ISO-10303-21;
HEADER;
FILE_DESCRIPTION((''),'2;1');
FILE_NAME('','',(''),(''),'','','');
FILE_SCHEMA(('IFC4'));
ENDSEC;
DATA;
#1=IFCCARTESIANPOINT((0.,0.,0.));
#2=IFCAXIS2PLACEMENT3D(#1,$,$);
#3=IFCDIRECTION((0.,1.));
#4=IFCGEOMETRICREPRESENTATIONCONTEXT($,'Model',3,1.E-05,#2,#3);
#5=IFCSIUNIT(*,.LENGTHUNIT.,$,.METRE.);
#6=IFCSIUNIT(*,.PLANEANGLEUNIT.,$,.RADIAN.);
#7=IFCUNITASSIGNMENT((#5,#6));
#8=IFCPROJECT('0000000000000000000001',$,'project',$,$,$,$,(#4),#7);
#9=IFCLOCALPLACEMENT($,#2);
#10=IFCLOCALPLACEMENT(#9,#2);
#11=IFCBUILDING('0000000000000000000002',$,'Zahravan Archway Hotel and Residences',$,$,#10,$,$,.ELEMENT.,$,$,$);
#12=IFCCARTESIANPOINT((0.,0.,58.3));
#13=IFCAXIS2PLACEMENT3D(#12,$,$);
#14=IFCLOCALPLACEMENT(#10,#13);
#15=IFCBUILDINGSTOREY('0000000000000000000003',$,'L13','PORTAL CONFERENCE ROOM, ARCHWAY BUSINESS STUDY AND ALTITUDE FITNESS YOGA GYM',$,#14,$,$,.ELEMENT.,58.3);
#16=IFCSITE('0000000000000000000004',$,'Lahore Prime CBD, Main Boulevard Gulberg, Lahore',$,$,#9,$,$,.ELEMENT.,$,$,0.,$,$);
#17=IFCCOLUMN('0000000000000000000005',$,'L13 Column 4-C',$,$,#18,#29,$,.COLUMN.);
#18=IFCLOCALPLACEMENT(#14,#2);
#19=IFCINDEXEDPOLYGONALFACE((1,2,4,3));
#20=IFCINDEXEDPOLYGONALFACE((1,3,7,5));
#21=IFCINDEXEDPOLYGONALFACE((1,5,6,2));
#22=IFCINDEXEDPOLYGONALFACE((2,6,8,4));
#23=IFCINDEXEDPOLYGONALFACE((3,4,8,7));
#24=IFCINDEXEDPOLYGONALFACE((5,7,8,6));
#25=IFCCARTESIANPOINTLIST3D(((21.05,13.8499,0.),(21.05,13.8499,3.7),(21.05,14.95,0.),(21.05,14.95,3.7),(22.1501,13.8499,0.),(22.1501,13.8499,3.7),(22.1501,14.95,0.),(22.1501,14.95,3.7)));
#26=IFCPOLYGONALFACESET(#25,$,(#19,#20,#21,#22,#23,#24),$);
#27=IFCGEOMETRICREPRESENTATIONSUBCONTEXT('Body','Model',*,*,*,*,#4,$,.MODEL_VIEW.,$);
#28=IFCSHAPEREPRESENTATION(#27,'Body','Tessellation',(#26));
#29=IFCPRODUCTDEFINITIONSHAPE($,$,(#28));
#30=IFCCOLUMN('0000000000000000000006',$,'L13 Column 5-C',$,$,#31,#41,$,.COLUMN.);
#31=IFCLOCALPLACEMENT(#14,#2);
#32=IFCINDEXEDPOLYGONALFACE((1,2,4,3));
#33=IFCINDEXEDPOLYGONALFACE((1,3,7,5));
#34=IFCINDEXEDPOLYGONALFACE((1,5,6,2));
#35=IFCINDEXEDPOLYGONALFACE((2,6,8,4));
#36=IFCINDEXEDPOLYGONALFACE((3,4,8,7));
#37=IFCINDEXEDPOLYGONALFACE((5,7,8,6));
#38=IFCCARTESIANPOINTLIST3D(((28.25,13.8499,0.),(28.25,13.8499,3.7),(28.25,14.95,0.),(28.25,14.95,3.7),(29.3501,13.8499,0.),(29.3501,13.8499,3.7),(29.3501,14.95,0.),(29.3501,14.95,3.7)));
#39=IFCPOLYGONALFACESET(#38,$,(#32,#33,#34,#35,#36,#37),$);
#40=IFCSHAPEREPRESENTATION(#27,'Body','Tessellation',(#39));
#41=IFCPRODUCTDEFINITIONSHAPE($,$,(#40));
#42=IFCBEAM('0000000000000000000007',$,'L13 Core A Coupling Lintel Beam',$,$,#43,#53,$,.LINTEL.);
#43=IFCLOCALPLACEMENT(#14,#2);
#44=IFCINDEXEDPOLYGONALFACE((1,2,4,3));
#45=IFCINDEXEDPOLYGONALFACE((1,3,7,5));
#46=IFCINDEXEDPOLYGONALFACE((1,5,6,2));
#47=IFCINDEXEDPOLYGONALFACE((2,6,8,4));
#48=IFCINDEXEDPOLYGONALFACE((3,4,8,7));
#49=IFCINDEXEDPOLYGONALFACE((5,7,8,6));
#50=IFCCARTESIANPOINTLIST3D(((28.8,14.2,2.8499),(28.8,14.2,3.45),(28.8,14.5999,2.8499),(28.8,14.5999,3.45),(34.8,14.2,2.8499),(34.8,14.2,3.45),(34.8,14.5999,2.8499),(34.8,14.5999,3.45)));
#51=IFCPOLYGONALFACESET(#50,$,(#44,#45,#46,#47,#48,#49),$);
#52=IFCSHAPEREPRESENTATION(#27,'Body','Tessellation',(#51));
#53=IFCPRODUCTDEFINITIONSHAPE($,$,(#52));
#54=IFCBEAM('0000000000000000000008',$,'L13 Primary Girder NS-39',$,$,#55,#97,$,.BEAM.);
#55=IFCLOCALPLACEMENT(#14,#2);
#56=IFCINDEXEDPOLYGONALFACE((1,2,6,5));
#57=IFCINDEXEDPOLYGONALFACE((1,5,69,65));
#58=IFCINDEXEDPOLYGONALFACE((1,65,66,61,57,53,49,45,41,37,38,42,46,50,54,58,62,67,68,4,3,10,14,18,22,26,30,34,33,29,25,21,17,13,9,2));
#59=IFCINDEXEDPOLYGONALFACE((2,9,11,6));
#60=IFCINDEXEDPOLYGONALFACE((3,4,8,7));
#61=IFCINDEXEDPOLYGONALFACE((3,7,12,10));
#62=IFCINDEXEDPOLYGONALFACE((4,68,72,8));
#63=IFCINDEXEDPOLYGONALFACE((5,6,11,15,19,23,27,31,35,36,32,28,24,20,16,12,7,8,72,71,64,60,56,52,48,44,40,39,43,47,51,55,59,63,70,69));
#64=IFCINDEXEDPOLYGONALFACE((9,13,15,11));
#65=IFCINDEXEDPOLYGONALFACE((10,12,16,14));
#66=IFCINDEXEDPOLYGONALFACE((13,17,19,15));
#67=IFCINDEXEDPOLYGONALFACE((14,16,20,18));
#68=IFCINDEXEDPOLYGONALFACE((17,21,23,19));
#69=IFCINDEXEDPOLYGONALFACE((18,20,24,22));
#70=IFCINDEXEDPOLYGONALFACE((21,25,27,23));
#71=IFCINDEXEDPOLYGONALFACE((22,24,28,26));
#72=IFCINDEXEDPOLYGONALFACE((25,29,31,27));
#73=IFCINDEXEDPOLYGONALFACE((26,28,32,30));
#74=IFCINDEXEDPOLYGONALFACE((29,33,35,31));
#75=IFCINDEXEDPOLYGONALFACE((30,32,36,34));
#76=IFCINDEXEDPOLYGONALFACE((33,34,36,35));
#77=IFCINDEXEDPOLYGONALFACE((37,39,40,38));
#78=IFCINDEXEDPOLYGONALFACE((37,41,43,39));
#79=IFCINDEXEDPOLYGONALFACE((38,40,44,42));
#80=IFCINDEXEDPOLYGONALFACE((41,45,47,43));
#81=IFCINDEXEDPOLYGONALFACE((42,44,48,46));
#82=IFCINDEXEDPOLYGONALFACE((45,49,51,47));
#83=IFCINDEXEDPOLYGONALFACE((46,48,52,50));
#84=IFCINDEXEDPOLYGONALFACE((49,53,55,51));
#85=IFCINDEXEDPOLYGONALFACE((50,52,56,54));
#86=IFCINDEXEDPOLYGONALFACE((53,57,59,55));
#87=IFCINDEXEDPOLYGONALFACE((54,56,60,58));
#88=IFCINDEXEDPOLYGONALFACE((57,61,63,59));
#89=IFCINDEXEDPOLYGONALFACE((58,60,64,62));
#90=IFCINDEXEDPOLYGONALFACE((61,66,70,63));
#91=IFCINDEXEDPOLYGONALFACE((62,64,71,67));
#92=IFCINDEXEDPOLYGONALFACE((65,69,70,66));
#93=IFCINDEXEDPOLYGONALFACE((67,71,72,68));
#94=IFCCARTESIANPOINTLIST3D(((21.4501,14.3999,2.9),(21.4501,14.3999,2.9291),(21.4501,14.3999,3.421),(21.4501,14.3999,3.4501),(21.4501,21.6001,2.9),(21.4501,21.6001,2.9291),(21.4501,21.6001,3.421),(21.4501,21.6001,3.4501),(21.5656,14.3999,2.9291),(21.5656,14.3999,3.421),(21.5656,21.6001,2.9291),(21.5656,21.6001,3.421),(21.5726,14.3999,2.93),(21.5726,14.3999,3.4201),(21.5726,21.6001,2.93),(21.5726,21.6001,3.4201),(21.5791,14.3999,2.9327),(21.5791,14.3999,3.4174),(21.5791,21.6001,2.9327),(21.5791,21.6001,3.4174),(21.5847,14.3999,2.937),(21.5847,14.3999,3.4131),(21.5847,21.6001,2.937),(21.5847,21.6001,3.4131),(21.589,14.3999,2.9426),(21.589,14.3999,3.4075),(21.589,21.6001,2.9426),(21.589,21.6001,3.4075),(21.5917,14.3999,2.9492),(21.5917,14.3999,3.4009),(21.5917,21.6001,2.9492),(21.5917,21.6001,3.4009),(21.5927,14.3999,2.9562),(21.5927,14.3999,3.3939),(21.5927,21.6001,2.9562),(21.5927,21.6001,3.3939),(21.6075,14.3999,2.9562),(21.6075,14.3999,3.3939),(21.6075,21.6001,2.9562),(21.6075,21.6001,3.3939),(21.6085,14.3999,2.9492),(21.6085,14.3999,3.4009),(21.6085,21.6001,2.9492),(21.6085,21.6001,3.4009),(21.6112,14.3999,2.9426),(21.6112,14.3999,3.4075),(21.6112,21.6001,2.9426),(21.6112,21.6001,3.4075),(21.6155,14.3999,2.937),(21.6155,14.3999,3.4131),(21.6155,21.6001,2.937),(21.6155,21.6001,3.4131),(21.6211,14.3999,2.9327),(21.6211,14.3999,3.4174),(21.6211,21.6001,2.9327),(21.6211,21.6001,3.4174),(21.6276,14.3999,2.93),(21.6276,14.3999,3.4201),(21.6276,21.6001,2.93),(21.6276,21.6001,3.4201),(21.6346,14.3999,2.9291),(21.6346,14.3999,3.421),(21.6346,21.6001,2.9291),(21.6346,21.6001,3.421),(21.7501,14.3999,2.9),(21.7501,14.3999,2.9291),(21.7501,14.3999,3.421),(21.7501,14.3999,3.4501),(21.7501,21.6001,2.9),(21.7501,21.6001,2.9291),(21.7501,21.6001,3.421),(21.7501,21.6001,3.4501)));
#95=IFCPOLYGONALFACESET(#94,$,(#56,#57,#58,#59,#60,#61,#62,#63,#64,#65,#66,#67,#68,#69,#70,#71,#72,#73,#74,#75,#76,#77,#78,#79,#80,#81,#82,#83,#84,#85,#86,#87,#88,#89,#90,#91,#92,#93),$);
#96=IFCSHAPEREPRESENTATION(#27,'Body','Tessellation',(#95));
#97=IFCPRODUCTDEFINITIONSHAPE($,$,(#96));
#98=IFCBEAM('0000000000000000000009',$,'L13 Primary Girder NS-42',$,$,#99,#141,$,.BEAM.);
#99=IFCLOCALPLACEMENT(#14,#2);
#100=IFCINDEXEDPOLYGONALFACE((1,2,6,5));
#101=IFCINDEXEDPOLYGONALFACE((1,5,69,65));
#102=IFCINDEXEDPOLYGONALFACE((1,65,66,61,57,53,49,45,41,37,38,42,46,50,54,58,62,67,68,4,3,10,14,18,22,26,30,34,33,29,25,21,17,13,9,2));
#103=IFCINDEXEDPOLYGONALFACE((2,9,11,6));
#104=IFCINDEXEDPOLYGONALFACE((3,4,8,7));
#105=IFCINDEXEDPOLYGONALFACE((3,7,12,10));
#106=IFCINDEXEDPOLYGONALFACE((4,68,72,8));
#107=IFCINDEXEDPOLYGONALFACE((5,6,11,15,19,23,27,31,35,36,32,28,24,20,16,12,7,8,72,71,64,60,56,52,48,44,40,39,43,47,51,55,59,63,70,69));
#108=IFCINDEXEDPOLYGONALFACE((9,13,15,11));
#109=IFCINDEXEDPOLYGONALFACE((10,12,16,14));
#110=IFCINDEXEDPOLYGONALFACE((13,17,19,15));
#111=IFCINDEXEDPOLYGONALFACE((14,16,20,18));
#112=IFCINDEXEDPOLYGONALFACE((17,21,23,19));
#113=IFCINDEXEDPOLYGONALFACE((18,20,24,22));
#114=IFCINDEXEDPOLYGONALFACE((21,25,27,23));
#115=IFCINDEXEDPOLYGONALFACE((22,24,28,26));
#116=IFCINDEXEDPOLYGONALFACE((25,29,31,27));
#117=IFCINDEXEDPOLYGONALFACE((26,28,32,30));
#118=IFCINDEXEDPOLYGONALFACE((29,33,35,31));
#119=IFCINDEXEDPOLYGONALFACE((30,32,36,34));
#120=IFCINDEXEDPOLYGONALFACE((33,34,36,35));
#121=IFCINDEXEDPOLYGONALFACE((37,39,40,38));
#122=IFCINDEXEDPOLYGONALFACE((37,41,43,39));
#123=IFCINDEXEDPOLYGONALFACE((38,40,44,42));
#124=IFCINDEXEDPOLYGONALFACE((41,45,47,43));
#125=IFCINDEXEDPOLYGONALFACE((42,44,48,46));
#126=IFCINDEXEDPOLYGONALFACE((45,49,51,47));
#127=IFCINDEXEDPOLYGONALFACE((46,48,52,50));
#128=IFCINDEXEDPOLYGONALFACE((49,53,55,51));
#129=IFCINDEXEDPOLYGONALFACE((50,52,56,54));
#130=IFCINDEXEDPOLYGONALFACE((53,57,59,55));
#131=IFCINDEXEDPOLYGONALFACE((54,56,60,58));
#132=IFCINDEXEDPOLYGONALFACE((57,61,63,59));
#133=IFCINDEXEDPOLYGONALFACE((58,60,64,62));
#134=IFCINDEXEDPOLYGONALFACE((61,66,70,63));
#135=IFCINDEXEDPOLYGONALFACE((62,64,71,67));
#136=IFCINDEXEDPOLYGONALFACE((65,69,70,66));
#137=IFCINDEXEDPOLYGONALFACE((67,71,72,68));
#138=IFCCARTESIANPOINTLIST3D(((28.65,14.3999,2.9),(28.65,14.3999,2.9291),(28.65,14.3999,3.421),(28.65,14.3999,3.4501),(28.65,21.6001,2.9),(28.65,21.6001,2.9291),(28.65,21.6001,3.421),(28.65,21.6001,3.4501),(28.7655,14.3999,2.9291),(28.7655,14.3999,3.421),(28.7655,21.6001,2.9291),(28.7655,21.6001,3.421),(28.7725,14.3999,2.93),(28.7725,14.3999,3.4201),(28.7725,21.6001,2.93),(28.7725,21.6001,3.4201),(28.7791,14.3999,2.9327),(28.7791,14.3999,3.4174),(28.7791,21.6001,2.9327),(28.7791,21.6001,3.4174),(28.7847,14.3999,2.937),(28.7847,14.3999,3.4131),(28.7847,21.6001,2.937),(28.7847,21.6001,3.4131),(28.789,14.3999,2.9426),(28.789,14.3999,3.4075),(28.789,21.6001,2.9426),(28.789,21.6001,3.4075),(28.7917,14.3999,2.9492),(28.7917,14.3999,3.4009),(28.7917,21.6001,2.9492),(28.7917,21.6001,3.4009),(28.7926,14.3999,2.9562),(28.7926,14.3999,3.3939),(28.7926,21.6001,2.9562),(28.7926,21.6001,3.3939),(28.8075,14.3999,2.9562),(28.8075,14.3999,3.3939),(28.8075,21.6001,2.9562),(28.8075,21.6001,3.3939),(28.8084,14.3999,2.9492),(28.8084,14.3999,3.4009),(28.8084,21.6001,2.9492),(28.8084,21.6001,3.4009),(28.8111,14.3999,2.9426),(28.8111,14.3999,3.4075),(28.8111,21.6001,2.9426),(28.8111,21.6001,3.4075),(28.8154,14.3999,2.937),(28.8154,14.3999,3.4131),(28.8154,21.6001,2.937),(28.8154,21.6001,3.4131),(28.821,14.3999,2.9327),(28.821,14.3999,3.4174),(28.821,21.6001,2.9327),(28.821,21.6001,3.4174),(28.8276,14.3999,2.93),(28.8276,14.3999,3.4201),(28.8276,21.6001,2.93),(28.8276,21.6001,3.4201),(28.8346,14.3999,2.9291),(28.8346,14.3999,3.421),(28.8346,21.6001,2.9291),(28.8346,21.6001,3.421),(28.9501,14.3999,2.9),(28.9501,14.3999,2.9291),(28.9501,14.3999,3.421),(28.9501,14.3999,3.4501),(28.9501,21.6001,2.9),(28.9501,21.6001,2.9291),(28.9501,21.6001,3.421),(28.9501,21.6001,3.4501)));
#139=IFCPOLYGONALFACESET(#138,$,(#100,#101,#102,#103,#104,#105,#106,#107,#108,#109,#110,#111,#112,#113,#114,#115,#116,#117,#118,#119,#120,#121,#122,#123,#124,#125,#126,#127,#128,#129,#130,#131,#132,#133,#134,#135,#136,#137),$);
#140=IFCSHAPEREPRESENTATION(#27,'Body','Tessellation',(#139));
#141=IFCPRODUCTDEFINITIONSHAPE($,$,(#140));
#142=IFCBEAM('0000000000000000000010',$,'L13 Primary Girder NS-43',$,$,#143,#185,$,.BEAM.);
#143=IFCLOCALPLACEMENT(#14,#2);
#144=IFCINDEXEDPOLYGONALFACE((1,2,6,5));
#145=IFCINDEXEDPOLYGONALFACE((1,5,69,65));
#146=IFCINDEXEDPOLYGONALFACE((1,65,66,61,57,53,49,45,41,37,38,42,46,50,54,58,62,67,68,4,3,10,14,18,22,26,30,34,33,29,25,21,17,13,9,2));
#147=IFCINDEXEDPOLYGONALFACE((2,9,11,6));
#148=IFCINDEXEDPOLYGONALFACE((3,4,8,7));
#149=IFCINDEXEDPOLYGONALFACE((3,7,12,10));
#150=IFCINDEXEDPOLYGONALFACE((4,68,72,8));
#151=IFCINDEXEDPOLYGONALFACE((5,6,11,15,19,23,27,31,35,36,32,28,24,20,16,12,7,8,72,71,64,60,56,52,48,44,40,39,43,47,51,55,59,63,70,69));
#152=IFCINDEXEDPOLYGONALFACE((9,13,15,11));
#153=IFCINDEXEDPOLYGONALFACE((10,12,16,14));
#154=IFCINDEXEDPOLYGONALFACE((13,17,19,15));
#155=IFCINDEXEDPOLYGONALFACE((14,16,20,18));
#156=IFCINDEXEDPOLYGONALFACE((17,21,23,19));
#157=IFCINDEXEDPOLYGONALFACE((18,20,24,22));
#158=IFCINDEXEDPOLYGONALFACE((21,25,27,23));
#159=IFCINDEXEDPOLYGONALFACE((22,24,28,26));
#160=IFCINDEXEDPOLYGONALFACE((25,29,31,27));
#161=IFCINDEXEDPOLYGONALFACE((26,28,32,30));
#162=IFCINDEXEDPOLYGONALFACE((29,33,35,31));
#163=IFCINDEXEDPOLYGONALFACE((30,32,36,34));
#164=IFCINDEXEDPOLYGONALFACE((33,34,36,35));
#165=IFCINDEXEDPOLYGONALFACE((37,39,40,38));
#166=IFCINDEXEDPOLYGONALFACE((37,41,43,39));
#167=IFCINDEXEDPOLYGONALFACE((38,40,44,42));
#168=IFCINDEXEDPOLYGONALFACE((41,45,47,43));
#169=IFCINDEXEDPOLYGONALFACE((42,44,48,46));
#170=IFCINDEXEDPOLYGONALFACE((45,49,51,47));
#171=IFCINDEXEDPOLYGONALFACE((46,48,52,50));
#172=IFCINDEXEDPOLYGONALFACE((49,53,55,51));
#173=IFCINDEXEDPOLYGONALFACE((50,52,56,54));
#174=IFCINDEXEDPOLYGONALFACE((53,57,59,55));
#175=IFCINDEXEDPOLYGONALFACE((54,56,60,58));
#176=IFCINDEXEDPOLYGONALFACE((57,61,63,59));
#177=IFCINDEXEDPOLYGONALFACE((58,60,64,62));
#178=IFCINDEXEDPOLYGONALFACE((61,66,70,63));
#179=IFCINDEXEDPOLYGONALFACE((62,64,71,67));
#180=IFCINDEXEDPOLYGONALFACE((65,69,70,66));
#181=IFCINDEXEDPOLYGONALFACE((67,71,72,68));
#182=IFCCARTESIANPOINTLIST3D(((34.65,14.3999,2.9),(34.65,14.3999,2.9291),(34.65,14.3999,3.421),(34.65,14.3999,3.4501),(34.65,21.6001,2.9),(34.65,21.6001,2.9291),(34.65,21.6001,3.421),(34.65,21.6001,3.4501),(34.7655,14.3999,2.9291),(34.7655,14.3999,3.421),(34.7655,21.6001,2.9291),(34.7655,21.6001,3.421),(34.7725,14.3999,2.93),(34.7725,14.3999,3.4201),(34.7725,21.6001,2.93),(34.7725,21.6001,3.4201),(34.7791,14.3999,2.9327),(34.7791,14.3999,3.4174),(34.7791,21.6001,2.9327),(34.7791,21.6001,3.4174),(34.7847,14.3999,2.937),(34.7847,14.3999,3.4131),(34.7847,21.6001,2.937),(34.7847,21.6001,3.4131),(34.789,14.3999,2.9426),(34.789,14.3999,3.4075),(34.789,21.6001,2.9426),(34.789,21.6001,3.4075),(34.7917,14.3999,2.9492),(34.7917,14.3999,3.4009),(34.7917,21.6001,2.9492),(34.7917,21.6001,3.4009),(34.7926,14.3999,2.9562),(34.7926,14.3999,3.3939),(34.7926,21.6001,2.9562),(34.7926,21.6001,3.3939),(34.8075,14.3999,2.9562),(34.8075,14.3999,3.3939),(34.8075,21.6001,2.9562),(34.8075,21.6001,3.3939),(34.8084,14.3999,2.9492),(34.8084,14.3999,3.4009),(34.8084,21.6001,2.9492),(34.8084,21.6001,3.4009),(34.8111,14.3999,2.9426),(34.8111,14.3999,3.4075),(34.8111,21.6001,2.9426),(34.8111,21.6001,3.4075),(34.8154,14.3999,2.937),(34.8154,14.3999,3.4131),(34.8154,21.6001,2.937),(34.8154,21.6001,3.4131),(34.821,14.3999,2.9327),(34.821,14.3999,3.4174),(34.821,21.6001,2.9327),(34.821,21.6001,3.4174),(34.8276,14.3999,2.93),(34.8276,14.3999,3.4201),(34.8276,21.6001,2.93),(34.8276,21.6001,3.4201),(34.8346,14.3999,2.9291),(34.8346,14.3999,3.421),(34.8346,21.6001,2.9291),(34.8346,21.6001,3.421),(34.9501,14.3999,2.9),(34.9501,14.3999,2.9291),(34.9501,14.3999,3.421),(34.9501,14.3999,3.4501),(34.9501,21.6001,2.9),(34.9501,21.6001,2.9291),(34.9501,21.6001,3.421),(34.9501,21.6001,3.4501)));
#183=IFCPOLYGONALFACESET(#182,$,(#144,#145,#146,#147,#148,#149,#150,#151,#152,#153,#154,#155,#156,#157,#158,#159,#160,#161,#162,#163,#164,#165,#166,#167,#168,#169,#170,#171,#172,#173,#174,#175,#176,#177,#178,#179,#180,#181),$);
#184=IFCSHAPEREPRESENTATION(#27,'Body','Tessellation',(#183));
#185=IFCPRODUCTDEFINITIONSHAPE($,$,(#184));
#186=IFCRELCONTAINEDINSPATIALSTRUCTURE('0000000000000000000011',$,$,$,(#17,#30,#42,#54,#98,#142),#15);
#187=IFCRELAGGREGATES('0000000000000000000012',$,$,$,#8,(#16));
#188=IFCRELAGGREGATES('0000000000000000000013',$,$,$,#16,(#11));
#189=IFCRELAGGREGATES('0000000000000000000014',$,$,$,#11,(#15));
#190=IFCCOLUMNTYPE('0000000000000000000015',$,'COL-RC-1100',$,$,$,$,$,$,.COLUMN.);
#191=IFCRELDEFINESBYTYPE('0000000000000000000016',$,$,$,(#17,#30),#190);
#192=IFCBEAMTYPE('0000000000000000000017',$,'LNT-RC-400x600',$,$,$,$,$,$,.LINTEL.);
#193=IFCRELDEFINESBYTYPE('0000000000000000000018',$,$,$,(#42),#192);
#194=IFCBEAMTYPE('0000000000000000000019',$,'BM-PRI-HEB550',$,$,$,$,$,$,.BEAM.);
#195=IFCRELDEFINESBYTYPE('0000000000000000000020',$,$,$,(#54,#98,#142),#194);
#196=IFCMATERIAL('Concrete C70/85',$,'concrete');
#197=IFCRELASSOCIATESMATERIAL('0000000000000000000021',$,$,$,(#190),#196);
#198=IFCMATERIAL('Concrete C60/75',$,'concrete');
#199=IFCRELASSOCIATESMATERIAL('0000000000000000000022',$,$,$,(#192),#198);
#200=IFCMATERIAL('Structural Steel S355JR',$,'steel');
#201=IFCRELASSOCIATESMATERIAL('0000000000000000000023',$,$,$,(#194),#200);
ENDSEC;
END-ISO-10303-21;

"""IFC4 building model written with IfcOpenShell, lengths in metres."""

from ifc_helpers import new_model, si_unit, direction, frame, origin, origin_2d, place, context, subcontext, project, spatial, rectangle, i_section, extrude, source, transform, mapped, material, material_profile, profile_set, type_object, type_shapes, element, save


model = new_model("IFC4")

# Units and contexts
model_context = context("Model", 3, precision=1e-05, world=origin(), true_north=direction((0.0, 1.0)))
body_context = subcontext(model_context, "Body", "Model", "MODEL_VIEW")
ifc_project = project(units=[si_unit("LENGTHUNIT", "METRE"), si_unit("PLANEANGLEUNIT", "RADIAN")], contexts=[model_context])

# Site, building, storey
site_placement = place(None, origin())
site = spatial("IfcSite", under=ifc_project, at=site_placement, Name="Lahore Prime CBD, Main Boulevard Gulberg, Lahore", CompositionType="ELEMENT", RefElevation=0.0)
building_placement = place(site_placement, origin())
building = spatial("IfcBuilding", under=site, at=building_placement, Name="Zahravan Archway Hotel and Residences", CompositionType="ELEMENT")
storey_placement = place(building_placement, frame((0.0, 0.0, 58.3)))
storey = spatial("IfcBuildingStorey", under=building, at=storey_placement, Name="L13", Description="PORTAL CONFERENCE ROOM, ARCHWAY BUSINESS STUDY AND ALTITUDE FITNESS YOGA GYM", CompositionType="ELEMENT", Elevation=58.3)

# Columns
ifc_material_1 = material(Name="Concrete C70/85", Category="concrete")
ifc_material_profile_1 = material_profile(ifc_material_1, rectangle(XDim=1.1001, YDim=1.1001, at=origin_2d()), Name="RC 1100x1100", Category="concrete")
ifc_profile_set_1 = profile_set([ifc_material_profile_1], Name="Concrete C70/85")
column_type = type_object("IfcColumnType", Name="COL-RC-1100", PredefinedType="COLUMN", material=ifc_profile_set_1)
shared_shape_1 = source(origin(), body_context, "Body", "SweptSolid", [
    extrude(rectangle(XDim=1.1001, YDim=1.1001, at=origin_2d()), origin(), (0.0, 0.0, 1.0), 3.7),
])
for number, where, z_axis, x_axis, name in (
    (1, (21.6001, 14.3999, 0.0), (0.0, 0.0, 1.0), (1.0, 0.0, 0.0), "L13 Column 4-C"),
    (2, (28.8, 14.3999, 0.0), (0.0, 0.0, 1.0), (1.0, 0.0, 0.0), "L13 Column 5-C"),
):
    element("IfcColumn", number, at=place(storey_placement, frame(where, z_axis=z_axis, x_axis=x_axis)), inside=storey, type_object=column_type, Name=name, PredefinedType="COLUMN", context=body_context, shape_type="MappedRepresentation", body=[
        mapped(shared_shape_1, transform((0.0, 0.0, 0.0), scale=1.0)),
    ])

# Beams
ifc_material_2 = material(Name="Concrete C60/75", Category="concrete")
ifc_material_profile_2 = material_profile(ifc_material_2, rectangle(XDim=0.3999, YDim=0.6001, at=origin_2d()), Name="RC-LNT-400x600", Category="concrete")
ifc_profile_set_2 = profile_set([ifc_material_profile_2], Name="Concrete C60/75")
beam_type_1 = type_object("IfcBeamType", Name="LNT-RC-400x600", PredefinedType="LINTEL", material=ifc_profile_set_2)
shared_shape_2 = source(origin(), body_context, "Body", "SweptSolid", [
    extrude(rectangle(XDim=0.3999, YDim=0.6001, at=origin_2d()), origin(), (0.0, 0.0, 1.0), 6.0),
])
type_shapes(beam_type_1, [shared_shape_2])
beam_1_placement = place(storey_placement, frame((28.8, 14.3999, 3.1499), z_axis=(1.0, 0.0, 0.0), x_axis=(0.0, 1.0, 0.0)))
element("IfcBeam", 3, at=beam_1_placement, inside=storey, type_object=beam_type_1, Name="L13 Core A Coupling Lintel Beam", PredefinedType="LINTEL", context=body_context, shape_type="MappedRepresentation", body=[
    mapped(shared_shape_2, transform((0.0, 0.0, 0.0), scale=1.0)),
])
ifc_material_3 = material(Name="Structural Steel S355JR", Category="steel")
ifc_material_profile_3 = material_profile(ifc_material_3, i_section(OverallWidth=0.3, OverallDepth=0.55, WebThickness=0.0149, FlangeThickness=0.0291, FilletRadius=0.0271, at=origin_2d()), Name="HEB 550", Category="steel")
ifc_profile_set_3 = profile_set([ifc_material_profile_3], Name="Structural Steel S355JR")
beam_type_2 = type_object("IfcBeamType", Name="BM-PRI-HEB550", PredefinedType="BEAM", material=ifc_profile_set_3)
shared_shape_3 = source(origin(), body_context, "Body", "SweptSolid", [
    extrude(i_section(OverallWidth=0.3, OverallDepth=0.55, WebThickness=0.0149, FlangeThickness=0.0291, FilletRadius=0.0271, at=origin_2d()), origin(), (0.0, 0.0, 1.0), 7.2002),
])
type_shapes(beam_type_2, [shared_shape_3])
for number, where, z_axis, x_axis, name in (
    (4, (21.6001, 14.3999, 3.175), (0.0, 1.0, 0.0), (-1.0, 0.0, 0.0), "L13 Primary Girder NS-39"),
    (5, (28.8, 14.3999, 3.175), (0.0, 1.0, 0.0), (-1.0, 0.0, 0.0), "L13 Primary Girder NS-42"),
    (6, (34.8, 14.3999, 3.175), (0.0, 1.0, 0.0), (-1.0, 0.0, 0.0), "L13 Primary Girder NS-43"),
):
    element("IfcBeam", number, at=place(storey_placement, frame(where, z_axis=z_axis, x_axis=x_axis)), inside=storey, type_object=beam_type_2, Name=name, PredefinedType="BEAM", context=body_context, shape_type="MappedRepresentation", body=[
        mapped(shared_shape_3, transform((0.0, 0.0, 0.0), scale=1.0)),
    ])

save(model, "model.ifc")
